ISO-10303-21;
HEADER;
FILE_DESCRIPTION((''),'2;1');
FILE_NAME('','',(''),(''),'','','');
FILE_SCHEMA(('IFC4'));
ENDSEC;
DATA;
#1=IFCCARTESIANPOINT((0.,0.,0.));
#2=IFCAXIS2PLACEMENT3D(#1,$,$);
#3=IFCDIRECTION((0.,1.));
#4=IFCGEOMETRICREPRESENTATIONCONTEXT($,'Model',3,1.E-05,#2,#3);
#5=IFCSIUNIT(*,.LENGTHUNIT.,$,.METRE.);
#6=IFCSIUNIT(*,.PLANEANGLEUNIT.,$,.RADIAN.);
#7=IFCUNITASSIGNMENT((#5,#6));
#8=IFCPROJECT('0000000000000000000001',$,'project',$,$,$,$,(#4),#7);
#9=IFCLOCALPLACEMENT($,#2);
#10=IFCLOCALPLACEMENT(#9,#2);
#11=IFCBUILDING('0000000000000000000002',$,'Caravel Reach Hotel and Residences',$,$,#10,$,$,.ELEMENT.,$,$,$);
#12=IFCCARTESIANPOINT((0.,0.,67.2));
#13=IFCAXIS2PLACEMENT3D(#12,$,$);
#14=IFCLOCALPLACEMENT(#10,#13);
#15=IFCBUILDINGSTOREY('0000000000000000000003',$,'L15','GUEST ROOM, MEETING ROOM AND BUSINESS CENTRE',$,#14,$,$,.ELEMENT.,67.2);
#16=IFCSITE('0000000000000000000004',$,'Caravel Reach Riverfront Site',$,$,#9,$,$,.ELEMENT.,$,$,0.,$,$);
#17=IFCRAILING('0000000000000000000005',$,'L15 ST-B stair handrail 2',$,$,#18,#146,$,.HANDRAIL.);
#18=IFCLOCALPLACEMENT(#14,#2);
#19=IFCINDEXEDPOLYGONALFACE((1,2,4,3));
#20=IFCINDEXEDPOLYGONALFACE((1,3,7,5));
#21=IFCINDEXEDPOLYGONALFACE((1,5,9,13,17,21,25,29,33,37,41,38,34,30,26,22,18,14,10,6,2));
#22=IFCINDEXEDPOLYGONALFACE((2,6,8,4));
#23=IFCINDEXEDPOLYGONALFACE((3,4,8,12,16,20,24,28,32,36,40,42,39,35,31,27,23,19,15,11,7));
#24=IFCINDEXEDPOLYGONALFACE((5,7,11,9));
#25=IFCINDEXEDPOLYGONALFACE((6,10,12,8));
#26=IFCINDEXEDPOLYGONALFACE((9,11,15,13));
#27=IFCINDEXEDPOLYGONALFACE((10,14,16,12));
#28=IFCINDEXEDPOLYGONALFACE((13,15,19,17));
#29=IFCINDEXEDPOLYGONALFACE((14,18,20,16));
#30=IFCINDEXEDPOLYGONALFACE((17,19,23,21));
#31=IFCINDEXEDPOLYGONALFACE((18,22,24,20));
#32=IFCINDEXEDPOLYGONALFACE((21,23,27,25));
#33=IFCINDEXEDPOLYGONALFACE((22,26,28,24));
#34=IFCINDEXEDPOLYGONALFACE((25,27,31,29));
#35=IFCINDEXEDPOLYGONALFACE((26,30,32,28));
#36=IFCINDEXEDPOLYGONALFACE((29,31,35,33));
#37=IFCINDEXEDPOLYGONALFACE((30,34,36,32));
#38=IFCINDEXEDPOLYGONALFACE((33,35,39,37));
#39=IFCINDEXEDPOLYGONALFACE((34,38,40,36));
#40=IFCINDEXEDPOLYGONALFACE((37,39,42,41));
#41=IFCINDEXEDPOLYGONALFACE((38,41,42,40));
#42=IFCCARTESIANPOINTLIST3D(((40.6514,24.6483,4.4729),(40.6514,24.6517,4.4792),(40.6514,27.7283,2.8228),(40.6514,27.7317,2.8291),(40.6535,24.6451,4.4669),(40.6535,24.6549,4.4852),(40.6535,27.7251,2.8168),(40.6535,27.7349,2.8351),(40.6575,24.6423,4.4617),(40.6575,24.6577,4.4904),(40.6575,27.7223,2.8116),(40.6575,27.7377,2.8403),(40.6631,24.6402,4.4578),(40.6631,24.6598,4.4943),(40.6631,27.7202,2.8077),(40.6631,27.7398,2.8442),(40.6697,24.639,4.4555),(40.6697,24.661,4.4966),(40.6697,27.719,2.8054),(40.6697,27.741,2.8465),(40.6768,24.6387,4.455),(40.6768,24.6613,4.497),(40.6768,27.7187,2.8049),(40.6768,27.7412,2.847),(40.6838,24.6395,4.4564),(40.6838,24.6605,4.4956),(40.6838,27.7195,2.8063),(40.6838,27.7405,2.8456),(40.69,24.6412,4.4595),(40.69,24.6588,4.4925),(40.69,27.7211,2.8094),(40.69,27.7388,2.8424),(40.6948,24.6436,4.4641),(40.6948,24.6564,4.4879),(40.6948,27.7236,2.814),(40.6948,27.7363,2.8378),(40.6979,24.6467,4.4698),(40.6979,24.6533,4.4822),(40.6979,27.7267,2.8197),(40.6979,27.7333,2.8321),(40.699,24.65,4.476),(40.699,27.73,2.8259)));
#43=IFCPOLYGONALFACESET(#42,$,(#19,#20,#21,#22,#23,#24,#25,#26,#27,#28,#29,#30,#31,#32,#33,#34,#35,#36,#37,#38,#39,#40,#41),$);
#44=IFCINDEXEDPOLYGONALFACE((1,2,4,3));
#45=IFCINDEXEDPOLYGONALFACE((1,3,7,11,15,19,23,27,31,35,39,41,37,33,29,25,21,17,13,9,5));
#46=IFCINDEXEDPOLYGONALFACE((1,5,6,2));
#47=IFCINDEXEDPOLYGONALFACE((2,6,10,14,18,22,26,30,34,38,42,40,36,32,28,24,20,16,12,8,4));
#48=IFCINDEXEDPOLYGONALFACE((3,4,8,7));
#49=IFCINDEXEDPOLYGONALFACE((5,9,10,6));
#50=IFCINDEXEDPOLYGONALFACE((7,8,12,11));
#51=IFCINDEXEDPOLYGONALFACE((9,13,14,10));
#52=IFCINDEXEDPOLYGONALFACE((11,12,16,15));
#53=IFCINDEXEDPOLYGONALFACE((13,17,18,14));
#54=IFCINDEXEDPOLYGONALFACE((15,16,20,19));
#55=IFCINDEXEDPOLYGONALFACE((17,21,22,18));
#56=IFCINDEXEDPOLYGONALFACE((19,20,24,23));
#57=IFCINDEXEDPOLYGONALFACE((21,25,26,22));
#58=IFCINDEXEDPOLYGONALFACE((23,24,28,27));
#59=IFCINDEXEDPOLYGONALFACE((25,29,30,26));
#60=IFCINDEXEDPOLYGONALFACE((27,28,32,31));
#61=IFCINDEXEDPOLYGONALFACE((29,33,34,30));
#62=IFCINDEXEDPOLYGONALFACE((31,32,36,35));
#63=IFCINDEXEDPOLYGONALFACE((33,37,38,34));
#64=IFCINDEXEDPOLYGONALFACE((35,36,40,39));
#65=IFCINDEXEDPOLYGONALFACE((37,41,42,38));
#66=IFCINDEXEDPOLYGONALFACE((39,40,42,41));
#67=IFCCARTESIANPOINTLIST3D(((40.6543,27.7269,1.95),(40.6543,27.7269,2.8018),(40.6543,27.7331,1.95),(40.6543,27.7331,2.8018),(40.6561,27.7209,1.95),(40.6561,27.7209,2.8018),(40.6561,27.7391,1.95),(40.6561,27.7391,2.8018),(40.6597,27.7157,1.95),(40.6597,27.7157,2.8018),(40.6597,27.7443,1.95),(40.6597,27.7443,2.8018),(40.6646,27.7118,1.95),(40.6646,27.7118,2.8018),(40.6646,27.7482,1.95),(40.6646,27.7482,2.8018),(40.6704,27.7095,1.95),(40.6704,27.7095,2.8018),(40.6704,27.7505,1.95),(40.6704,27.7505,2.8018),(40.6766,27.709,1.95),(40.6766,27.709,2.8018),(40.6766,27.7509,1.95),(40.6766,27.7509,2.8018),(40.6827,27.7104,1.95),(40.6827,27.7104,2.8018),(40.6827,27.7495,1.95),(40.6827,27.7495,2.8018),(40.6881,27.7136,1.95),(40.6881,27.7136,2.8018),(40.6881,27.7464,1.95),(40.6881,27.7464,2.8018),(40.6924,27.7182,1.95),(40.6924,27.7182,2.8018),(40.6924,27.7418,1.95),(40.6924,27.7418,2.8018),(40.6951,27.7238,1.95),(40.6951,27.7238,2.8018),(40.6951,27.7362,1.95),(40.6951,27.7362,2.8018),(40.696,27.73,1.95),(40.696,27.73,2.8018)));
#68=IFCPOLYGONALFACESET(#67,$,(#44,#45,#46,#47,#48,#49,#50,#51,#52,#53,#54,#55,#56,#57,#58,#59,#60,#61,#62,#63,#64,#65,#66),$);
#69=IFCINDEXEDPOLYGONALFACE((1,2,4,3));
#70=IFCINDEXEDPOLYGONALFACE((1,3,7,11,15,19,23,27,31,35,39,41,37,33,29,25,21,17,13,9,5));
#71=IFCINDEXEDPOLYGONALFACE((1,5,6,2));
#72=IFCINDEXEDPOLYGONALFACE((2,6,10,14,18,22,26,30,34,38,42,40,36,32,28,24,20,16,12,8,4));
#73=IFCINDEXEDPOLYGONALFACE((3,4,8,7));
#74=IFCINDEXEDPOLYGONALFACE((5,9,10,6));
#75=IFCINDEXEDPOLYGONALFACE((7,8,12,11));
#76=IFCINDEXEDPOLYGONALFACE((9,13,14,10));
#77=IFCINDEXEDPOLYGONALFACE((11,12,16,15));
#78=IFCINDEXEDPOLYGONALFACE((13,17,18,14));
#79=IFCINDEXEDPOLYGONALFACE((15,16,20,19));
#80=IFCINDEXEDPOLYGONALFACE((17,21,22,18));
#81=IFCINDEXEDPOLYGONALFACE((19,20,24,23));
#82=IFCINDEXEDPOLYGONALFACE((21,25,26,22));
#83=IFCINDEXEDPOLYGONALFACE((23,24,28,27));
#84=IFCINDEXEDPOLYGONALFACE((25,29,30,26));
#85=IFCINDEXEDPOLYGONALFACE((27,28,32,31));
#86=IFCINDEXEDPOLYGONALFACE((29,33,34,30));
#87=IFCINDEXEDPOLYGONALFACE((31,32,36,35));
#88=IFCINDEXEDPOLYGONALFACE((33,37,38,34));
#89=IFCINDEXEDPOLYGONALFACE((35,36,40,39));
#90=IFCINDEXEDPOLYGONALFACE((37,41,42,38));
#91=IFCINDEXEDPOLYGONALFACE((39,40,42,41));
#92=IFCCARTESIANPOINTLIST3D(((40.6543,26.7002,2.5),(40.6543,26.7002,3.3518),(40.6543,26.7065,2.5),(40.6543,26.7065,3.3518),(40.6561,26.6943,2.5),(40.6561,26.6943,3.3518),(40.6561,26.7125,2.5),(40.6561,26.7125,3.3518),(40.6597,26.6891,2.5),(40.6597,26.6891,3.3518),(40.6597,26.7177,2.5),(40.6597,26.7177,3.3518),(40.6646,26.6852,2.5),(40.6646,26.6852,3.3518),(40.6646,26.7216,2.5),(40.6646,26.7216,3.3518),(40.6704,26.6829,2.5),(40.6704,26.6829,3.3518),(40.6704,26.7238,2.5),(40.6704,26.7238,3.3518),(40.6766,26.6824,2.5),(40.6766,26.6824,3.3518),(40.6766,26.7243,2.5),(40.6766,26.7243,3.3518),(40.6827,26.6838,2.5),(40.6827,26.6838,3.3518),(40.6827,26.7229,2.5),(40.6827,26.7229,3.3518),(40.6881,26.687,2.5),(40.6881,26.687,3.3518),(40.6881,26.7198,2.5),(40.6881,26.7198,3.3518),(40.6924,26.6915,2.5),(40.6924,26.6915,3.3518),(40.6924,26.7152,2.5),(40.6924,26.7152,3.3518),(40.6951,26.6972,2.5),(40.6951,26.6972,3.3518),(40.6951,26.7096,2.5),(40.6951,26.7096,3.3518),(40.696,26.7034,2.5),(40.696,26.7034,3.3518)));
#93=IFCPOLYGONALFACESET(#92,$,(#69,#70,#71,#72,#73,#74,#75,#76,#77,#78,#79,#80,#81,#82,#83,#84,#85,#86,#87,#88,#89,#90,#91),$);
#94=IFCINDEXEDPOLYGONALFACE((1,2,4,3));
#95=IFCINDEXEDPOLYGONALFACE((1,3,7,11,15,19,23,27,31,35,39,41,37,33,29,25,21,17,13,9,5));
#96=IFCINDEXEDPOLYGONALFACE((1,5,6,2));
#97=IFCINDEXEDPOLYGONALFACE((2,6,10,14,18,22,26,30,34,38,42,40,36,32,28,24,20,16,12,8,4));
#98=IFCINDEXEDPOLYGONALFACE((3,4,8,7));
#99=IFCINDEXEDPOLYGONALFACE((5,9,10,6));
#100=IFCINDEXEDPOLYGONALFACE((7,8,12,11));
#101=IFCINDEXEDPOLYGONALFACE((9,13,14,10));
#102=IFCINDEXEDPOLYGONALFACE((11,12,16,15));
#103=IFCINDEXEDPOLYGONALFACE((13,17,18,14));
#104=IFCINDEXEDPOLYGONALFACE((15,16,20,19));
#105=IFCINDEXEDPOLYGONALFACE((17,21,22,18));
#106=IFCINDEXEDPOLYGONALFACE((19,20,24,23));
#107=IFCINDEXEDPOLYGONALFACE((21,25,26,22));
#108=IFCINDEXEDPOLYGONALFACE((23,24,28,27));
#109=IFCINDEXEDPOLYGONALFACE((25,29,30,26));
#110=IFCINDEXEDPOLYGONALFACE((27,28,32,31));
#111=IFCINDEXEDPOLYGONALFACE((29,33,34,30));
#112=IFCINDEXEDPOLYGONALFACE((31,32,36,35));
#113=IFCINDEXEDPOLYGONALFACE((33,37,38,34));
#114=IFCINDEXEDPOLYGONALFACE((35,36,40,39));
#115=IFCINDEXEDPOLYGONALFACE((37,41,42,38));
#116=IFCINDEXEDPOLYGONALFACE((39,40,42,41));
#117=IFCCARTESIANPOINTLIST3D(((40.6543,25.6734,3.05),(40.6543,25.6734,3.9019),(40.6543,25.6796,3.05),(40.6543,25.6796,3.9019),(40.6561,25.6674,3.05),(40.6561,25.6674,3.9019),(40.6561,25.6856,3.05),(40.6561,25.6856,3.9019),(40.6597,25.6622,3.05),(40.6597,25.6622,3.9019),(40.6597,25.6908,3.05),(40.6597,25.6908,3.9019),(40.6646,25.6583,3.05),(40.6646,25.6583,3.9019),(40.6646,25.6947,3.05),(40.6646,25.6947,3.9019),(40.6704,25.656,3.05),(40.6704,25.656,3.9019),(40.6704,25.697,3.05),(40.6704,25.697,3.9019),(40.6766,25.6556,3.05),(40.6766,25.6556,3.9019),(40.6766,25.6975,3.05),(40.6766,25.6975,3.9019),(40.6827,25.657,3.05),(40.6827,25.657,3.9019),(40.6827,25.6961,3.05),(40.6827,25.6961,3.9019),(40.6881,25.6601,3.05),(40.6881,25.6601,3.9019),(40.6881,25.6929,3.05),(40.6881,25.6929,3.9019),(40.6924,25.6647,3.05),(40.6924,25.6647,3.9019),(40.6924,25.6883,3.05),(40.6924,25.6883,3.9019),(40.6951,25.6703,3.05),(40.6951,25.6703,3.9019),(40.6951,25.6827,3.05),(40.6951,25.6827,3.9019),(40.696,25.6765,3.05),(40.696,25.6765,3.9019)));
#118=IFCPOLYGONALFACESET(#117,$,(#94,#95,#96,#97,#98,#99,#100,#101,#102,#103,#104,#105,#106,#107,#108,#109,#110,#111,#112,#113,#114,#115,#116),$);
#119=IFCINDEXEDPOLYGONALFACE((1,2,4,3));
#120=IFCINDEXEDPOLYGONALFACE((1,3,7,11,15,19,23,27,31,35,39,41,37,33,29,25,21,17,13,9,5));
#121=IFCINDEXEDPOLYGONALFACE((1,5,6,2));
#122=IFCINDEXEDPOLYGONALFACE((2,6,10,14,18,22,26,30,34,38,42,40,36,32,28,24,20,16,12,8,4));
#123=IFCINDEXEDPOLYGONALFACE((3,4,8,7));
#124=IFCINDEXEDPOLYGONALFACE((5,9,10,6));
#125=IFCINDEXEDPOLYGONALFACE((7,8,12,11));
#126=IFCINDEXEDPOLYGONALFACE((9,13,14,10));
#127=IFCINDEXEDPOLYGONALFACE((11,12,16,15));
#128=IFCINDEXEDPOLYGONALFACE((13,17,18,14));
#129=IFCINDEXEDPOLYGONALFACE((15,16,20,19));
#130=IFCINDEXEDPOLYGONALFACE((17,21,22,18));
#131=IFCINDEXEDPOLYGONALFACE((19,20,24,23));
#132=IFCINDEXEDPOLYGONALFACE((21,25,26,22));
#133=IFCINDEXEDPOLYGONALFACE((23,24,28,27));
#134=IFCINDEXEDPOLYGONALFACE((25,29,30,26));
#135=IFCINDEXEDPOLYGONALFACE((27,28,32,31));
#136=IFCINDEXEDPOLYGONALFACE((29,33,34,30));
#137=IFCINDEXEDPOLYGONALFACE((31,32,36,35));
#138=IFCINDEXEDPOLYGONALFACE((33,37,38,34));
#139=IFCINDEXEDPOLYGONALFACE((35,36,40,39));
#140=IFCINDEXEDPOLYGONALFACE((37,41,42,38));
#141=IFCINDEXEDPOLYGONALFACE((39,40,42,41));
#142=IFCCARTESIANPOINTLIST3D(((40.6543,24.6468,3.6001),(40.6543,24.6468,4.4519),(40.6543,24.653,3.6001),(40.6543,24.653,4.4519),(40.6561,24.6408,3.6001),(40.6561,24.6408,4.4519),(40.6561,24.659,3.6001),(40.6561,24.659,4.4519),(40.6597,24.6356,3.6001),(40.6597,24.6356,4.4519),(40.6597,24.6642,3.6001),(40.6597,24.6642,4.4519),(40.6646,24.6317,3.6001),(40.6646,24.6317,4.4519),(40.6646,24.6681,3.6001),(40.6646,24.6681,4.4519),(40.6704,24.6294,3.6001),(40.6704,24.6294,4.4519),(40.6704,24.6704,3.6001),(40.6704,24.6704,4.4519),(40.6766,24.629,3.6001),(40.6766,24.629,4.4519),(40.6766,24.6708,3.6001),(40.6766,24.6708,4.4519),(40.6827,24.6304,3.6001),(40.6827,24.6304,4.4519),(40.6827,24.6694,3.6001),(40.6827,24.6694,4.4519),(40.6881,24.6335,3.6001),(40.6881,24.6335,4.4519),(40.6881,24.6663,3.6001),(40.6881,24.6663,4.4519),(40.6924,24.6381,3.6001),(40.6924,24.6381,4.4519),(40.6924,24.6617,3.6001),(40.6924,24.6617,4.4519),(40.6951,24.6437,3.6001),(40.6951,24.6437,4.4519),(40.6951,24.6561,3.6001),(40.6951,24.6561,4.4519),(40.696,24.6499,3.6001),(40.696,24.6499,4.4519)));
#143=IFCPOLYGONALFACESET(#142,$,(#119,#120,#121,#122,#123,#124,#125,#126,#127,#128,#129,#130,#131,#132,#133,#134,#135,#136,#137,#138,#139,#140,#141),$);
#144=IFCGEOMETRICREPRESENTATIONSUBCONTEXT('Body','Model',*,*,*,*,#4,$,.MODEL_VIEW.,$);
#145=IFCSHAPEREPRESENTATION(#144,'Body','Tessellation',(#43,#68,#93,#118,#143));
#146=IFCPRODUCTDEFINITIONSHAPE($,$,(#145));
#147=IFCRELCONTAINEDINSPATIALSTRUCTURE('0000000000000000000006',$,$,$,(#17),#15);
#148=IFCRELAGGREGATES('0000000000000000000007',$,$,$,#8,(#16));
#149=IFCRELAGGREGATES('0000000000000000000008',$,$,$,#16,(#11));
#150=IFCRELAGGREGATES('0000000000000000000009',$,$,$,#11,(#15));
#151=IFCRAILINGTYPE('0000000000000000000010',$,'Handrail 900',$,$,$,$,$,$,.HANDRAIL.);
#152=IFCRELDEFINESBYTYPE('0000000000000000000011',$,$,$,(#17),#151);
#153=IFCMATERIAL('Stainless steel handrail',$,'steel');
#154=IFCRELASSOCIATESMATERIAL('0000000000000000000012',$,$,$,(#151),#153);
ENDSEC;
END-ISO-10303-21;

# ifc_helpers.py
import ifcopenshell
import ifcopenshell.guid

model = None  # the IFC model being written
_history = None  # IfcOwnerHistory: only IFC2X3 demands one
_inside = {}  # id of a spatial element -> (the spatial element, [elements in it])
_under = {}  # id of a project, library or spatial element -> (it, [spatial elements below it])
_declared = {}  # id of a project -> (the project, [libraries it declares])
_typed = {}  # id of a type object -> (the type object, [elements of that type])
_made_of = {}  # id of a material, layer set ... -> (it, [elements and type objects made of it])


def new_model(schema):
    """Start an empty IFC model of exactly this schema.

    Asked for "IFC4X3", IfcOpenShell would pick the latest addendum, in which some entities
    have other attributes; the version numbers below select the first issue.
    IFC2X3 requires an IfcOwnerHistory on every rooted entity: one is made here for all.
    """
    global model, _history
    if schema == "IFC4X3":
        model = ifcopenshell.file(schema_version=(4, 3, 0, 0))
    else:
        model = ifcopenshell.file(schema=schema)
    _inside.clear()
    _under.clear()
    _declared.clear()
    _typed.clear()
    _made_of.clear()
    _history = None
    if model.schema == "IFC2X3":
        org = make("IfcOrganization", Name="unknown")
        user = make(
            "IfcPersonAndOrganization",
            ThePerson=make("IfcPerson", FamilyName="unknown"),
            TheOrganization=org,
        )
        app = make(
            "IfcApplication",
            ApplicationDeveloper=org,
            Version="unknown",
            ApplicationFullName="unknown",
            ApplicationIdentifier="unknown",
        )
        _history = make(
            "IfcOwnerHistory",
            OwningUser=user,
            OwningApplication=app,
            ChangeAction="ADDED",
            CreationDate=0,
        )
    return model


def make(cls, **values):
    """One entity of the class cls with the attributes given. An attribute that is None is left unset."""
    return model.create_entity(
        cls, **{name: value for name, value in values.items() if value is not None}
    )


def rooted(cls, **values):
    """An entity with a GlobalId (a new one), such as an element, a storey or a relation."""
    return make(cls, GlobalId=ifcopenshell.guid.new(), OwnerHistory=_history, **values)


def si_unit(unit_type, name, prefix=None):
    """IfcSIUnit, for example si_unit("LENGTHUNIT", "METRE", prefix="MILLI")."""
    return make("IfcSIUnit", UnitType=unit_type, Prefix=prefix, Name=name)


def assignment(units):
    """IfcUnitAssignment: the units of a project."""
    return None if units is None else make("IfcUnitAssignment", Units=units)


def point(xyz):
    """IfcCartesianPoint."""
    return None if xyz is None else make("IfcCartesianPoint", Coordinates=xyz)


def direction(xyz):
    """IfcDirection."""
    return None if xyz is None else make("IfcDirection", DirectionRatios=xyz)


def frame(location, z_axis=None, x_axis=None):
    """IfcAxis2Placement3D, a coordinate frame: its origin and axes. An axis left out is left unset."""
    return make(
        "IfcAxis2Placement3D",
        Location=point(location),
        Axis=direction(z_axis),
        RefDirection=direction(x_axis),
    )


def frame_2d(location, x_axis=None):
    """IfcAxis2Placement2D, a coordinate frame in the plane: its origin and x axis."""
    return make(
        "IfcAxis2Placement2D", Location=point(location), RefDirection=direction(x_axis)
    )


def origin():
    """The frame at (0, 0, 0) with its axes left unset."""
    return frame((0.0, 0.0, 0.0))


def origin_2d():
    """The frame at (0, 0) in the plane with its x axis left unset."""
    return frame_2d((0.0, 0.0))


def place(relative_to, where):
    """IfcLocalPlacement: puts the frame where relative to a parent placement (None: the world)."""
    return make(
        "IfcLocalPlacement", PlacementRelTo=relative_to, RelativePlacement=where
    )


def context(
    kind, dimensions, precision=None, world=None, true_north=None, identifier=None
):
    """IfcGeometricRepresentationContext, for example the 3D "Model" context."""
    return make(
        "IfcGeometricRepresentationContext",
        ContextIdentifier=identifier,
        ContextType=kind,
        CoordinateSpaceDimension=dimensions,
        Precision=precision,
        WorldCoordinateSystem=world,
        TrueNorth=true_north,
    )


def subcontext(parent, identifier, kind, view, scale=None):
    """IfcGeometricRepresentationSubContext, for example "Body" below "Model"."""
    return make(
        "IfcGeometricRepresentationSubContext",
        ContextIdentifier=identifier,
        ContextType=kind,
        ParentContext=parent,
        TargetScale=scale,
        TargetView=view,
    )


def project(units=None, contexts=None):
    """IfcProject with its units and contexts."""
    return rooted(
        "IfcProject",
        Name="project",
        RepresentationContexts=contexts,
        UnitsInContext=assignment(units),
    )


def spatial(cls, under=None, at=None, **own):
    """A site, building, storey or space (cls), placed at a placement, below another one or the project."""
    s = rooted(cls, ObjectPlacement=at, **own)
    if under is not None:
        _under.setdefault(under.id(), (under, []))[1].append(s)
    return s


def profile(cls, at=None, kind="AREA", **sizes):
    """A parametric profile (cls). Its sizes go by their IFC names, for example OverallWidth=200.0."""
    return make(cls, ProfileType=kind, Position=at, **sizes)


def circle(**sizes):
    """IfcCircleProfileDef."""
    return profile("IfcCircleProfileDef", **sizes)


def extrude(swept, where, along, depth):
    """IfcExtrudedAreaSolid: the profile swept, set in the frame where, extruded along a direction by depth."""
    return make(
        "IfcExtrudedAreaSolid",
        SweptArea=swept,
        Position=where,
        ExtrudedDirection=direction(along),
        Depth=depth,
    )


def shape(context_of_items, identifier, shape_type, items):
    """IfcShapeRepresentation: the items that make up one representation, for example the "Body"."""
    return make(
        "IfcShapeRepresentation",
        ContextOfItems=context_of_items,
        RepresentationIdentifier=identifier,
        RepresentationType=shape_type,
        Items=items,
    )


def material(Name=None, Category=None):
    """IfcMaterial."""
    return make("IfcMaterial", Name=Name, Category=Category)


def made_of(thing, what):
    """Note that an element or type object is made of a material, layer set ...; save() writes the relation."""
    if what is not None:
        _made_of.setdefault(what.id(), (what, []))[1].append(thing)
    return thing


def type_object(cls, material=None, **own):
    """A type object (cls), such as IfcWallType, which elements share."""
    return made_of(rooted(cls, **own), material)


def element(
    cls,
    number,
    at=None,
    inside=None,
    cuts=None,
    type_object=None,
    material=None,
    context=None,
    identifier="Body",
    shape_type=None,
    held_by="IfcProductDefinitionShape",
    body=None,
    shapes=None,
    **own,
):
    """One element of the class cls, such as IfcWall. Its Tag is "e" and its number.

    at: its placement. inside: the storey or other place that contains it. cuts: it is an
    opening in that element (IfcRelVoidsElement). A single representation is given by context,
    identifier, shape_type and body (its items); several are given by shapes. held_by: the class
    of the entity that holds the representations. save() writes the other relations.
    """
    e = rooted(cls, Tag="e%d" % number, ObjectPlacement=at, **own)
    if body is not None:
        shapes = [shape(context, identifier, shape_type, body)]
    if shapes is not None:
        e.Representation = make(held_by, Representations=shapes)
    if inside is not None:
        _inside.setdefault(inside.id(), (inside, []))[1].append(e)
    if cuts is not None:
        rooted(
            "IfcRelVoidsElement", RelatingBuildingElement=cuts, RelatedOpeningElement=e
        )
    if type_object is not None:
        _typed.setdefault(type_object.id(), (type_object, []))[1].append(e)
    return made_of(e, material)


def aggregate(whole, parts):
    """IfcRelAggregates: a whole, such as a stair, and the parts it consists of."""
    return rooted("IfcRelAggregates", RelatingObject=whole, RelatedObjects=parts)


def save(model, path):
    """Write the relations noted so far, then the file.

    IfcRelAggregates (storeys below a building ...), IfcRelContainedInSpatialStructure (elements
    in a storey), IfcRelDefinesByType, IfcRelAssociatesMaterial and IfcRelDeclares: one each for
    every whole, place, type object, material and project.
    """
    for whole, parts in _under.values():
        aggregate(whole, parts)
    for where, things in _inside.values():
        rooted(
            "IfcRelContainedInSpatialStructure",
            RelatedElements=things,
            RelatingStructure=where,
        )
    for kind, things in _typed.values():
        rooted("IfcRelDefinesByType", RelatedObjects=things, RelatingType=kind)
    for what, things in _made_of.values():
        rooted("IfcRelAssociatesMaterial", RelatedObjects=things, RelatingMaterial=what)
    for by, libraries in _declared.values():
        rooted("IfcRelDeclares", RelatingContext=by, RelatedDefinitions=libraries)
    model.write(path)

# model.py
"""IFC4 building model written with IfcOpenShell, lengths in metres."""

from ifc_helpers import new_model, si_unit, direction, frame, origin, origin_2d, place, context, subcontext, project, spatial, circle, extrude, material, type_object, element, save


model = new_model("IFC4")

# Units and contexts
model_context = context("Model", 3, precision=1e-05, world=origin(), true_north=direction((0.0, 1.0)))
body_context = subcontext(model_context, "Body", "Model", "MODEL_VIEW")
ifc_project = project(units=[si_unit("LENGTHUNIT", "METRE"), si_unit("PLANEANGLEUNIT", "RADIAN")], contexts=[model_context])

# Site, building, storey
site_placement = place(None, origin())
site = spatial("IfcSite", under=ifc_project, at=site_placement, Name="Caravel Reach Riverfront Site", CompositionType="ELEMENT", RefElevation=0.0)
building_placement = place(site_placement, origin())
building = spatial("IfcBuilding", under=site, at=building_placement, Name="Caravel Reach Hotel and Residences", CompositionType="ELEMENT")
storey_placement = place(building_placement, frame((0.0, 0.0, 67.2)))
storey = spatial("IfcBuildingStorey", under=building, at=storey_placement, Name="L15", Description="GUEST ROOM, MEETING ROOM AND BUSINESS CENTRE", CompositionType="ELEMENT", Elevation=67.2)

# Railing
ifc_material_1 = material(Name="Stainless steel handrail", Category="steel")
railing_type_1 = type_object("IfcRailingType", Name="Handrail 900", PredefinedType="HANDRAIL", material=ifc_material_1)
railing_1_placement = place(storey_placement, frame((40.675, 27.73, 1.95)))
element("IfcRailing", 1, at=railing_1_placement, inside=storey, type_object=railing_type_1, Name="L15 ST-B stair handrail 2", PredefinedType="HANDRAIL", context=body_context, shape_type="SweptSolid", body=[
    extrude(circle(Radius=0.0239, at=origin_2d()), frame((0.0, 0.0, 0.876), z_axis=(0.0, -0.881468, 0.472245), x_axis=(1.0, 0.0, 0.0)), (0.0, 0.0, 1.0), 3.4941),
    extrude(circle(Radius=0.021, at=origin_2d()), origin(), (0.0, 0.0, 1.0), 0.8518),
    extrude(circle(Radius=0.021, at=origin_2d()), frame((0.0, -1.0266, 0.55)), (0.0, 0.0, 1.0), 0.8518),
    extrude(circle(Radius=0.021, at=origin_2d()), frame((0.0, -2.0535, 1.1001)), (0.0, 0.0, 1.0), 0.8518),
    extrude(circle(Radius=0.021, at=origin_2d()), frame((0.0, -3.0801, 1.6501)), (0.0, 0.0, 1.0), 0.8518),
])

save(model, "model.ifc")
